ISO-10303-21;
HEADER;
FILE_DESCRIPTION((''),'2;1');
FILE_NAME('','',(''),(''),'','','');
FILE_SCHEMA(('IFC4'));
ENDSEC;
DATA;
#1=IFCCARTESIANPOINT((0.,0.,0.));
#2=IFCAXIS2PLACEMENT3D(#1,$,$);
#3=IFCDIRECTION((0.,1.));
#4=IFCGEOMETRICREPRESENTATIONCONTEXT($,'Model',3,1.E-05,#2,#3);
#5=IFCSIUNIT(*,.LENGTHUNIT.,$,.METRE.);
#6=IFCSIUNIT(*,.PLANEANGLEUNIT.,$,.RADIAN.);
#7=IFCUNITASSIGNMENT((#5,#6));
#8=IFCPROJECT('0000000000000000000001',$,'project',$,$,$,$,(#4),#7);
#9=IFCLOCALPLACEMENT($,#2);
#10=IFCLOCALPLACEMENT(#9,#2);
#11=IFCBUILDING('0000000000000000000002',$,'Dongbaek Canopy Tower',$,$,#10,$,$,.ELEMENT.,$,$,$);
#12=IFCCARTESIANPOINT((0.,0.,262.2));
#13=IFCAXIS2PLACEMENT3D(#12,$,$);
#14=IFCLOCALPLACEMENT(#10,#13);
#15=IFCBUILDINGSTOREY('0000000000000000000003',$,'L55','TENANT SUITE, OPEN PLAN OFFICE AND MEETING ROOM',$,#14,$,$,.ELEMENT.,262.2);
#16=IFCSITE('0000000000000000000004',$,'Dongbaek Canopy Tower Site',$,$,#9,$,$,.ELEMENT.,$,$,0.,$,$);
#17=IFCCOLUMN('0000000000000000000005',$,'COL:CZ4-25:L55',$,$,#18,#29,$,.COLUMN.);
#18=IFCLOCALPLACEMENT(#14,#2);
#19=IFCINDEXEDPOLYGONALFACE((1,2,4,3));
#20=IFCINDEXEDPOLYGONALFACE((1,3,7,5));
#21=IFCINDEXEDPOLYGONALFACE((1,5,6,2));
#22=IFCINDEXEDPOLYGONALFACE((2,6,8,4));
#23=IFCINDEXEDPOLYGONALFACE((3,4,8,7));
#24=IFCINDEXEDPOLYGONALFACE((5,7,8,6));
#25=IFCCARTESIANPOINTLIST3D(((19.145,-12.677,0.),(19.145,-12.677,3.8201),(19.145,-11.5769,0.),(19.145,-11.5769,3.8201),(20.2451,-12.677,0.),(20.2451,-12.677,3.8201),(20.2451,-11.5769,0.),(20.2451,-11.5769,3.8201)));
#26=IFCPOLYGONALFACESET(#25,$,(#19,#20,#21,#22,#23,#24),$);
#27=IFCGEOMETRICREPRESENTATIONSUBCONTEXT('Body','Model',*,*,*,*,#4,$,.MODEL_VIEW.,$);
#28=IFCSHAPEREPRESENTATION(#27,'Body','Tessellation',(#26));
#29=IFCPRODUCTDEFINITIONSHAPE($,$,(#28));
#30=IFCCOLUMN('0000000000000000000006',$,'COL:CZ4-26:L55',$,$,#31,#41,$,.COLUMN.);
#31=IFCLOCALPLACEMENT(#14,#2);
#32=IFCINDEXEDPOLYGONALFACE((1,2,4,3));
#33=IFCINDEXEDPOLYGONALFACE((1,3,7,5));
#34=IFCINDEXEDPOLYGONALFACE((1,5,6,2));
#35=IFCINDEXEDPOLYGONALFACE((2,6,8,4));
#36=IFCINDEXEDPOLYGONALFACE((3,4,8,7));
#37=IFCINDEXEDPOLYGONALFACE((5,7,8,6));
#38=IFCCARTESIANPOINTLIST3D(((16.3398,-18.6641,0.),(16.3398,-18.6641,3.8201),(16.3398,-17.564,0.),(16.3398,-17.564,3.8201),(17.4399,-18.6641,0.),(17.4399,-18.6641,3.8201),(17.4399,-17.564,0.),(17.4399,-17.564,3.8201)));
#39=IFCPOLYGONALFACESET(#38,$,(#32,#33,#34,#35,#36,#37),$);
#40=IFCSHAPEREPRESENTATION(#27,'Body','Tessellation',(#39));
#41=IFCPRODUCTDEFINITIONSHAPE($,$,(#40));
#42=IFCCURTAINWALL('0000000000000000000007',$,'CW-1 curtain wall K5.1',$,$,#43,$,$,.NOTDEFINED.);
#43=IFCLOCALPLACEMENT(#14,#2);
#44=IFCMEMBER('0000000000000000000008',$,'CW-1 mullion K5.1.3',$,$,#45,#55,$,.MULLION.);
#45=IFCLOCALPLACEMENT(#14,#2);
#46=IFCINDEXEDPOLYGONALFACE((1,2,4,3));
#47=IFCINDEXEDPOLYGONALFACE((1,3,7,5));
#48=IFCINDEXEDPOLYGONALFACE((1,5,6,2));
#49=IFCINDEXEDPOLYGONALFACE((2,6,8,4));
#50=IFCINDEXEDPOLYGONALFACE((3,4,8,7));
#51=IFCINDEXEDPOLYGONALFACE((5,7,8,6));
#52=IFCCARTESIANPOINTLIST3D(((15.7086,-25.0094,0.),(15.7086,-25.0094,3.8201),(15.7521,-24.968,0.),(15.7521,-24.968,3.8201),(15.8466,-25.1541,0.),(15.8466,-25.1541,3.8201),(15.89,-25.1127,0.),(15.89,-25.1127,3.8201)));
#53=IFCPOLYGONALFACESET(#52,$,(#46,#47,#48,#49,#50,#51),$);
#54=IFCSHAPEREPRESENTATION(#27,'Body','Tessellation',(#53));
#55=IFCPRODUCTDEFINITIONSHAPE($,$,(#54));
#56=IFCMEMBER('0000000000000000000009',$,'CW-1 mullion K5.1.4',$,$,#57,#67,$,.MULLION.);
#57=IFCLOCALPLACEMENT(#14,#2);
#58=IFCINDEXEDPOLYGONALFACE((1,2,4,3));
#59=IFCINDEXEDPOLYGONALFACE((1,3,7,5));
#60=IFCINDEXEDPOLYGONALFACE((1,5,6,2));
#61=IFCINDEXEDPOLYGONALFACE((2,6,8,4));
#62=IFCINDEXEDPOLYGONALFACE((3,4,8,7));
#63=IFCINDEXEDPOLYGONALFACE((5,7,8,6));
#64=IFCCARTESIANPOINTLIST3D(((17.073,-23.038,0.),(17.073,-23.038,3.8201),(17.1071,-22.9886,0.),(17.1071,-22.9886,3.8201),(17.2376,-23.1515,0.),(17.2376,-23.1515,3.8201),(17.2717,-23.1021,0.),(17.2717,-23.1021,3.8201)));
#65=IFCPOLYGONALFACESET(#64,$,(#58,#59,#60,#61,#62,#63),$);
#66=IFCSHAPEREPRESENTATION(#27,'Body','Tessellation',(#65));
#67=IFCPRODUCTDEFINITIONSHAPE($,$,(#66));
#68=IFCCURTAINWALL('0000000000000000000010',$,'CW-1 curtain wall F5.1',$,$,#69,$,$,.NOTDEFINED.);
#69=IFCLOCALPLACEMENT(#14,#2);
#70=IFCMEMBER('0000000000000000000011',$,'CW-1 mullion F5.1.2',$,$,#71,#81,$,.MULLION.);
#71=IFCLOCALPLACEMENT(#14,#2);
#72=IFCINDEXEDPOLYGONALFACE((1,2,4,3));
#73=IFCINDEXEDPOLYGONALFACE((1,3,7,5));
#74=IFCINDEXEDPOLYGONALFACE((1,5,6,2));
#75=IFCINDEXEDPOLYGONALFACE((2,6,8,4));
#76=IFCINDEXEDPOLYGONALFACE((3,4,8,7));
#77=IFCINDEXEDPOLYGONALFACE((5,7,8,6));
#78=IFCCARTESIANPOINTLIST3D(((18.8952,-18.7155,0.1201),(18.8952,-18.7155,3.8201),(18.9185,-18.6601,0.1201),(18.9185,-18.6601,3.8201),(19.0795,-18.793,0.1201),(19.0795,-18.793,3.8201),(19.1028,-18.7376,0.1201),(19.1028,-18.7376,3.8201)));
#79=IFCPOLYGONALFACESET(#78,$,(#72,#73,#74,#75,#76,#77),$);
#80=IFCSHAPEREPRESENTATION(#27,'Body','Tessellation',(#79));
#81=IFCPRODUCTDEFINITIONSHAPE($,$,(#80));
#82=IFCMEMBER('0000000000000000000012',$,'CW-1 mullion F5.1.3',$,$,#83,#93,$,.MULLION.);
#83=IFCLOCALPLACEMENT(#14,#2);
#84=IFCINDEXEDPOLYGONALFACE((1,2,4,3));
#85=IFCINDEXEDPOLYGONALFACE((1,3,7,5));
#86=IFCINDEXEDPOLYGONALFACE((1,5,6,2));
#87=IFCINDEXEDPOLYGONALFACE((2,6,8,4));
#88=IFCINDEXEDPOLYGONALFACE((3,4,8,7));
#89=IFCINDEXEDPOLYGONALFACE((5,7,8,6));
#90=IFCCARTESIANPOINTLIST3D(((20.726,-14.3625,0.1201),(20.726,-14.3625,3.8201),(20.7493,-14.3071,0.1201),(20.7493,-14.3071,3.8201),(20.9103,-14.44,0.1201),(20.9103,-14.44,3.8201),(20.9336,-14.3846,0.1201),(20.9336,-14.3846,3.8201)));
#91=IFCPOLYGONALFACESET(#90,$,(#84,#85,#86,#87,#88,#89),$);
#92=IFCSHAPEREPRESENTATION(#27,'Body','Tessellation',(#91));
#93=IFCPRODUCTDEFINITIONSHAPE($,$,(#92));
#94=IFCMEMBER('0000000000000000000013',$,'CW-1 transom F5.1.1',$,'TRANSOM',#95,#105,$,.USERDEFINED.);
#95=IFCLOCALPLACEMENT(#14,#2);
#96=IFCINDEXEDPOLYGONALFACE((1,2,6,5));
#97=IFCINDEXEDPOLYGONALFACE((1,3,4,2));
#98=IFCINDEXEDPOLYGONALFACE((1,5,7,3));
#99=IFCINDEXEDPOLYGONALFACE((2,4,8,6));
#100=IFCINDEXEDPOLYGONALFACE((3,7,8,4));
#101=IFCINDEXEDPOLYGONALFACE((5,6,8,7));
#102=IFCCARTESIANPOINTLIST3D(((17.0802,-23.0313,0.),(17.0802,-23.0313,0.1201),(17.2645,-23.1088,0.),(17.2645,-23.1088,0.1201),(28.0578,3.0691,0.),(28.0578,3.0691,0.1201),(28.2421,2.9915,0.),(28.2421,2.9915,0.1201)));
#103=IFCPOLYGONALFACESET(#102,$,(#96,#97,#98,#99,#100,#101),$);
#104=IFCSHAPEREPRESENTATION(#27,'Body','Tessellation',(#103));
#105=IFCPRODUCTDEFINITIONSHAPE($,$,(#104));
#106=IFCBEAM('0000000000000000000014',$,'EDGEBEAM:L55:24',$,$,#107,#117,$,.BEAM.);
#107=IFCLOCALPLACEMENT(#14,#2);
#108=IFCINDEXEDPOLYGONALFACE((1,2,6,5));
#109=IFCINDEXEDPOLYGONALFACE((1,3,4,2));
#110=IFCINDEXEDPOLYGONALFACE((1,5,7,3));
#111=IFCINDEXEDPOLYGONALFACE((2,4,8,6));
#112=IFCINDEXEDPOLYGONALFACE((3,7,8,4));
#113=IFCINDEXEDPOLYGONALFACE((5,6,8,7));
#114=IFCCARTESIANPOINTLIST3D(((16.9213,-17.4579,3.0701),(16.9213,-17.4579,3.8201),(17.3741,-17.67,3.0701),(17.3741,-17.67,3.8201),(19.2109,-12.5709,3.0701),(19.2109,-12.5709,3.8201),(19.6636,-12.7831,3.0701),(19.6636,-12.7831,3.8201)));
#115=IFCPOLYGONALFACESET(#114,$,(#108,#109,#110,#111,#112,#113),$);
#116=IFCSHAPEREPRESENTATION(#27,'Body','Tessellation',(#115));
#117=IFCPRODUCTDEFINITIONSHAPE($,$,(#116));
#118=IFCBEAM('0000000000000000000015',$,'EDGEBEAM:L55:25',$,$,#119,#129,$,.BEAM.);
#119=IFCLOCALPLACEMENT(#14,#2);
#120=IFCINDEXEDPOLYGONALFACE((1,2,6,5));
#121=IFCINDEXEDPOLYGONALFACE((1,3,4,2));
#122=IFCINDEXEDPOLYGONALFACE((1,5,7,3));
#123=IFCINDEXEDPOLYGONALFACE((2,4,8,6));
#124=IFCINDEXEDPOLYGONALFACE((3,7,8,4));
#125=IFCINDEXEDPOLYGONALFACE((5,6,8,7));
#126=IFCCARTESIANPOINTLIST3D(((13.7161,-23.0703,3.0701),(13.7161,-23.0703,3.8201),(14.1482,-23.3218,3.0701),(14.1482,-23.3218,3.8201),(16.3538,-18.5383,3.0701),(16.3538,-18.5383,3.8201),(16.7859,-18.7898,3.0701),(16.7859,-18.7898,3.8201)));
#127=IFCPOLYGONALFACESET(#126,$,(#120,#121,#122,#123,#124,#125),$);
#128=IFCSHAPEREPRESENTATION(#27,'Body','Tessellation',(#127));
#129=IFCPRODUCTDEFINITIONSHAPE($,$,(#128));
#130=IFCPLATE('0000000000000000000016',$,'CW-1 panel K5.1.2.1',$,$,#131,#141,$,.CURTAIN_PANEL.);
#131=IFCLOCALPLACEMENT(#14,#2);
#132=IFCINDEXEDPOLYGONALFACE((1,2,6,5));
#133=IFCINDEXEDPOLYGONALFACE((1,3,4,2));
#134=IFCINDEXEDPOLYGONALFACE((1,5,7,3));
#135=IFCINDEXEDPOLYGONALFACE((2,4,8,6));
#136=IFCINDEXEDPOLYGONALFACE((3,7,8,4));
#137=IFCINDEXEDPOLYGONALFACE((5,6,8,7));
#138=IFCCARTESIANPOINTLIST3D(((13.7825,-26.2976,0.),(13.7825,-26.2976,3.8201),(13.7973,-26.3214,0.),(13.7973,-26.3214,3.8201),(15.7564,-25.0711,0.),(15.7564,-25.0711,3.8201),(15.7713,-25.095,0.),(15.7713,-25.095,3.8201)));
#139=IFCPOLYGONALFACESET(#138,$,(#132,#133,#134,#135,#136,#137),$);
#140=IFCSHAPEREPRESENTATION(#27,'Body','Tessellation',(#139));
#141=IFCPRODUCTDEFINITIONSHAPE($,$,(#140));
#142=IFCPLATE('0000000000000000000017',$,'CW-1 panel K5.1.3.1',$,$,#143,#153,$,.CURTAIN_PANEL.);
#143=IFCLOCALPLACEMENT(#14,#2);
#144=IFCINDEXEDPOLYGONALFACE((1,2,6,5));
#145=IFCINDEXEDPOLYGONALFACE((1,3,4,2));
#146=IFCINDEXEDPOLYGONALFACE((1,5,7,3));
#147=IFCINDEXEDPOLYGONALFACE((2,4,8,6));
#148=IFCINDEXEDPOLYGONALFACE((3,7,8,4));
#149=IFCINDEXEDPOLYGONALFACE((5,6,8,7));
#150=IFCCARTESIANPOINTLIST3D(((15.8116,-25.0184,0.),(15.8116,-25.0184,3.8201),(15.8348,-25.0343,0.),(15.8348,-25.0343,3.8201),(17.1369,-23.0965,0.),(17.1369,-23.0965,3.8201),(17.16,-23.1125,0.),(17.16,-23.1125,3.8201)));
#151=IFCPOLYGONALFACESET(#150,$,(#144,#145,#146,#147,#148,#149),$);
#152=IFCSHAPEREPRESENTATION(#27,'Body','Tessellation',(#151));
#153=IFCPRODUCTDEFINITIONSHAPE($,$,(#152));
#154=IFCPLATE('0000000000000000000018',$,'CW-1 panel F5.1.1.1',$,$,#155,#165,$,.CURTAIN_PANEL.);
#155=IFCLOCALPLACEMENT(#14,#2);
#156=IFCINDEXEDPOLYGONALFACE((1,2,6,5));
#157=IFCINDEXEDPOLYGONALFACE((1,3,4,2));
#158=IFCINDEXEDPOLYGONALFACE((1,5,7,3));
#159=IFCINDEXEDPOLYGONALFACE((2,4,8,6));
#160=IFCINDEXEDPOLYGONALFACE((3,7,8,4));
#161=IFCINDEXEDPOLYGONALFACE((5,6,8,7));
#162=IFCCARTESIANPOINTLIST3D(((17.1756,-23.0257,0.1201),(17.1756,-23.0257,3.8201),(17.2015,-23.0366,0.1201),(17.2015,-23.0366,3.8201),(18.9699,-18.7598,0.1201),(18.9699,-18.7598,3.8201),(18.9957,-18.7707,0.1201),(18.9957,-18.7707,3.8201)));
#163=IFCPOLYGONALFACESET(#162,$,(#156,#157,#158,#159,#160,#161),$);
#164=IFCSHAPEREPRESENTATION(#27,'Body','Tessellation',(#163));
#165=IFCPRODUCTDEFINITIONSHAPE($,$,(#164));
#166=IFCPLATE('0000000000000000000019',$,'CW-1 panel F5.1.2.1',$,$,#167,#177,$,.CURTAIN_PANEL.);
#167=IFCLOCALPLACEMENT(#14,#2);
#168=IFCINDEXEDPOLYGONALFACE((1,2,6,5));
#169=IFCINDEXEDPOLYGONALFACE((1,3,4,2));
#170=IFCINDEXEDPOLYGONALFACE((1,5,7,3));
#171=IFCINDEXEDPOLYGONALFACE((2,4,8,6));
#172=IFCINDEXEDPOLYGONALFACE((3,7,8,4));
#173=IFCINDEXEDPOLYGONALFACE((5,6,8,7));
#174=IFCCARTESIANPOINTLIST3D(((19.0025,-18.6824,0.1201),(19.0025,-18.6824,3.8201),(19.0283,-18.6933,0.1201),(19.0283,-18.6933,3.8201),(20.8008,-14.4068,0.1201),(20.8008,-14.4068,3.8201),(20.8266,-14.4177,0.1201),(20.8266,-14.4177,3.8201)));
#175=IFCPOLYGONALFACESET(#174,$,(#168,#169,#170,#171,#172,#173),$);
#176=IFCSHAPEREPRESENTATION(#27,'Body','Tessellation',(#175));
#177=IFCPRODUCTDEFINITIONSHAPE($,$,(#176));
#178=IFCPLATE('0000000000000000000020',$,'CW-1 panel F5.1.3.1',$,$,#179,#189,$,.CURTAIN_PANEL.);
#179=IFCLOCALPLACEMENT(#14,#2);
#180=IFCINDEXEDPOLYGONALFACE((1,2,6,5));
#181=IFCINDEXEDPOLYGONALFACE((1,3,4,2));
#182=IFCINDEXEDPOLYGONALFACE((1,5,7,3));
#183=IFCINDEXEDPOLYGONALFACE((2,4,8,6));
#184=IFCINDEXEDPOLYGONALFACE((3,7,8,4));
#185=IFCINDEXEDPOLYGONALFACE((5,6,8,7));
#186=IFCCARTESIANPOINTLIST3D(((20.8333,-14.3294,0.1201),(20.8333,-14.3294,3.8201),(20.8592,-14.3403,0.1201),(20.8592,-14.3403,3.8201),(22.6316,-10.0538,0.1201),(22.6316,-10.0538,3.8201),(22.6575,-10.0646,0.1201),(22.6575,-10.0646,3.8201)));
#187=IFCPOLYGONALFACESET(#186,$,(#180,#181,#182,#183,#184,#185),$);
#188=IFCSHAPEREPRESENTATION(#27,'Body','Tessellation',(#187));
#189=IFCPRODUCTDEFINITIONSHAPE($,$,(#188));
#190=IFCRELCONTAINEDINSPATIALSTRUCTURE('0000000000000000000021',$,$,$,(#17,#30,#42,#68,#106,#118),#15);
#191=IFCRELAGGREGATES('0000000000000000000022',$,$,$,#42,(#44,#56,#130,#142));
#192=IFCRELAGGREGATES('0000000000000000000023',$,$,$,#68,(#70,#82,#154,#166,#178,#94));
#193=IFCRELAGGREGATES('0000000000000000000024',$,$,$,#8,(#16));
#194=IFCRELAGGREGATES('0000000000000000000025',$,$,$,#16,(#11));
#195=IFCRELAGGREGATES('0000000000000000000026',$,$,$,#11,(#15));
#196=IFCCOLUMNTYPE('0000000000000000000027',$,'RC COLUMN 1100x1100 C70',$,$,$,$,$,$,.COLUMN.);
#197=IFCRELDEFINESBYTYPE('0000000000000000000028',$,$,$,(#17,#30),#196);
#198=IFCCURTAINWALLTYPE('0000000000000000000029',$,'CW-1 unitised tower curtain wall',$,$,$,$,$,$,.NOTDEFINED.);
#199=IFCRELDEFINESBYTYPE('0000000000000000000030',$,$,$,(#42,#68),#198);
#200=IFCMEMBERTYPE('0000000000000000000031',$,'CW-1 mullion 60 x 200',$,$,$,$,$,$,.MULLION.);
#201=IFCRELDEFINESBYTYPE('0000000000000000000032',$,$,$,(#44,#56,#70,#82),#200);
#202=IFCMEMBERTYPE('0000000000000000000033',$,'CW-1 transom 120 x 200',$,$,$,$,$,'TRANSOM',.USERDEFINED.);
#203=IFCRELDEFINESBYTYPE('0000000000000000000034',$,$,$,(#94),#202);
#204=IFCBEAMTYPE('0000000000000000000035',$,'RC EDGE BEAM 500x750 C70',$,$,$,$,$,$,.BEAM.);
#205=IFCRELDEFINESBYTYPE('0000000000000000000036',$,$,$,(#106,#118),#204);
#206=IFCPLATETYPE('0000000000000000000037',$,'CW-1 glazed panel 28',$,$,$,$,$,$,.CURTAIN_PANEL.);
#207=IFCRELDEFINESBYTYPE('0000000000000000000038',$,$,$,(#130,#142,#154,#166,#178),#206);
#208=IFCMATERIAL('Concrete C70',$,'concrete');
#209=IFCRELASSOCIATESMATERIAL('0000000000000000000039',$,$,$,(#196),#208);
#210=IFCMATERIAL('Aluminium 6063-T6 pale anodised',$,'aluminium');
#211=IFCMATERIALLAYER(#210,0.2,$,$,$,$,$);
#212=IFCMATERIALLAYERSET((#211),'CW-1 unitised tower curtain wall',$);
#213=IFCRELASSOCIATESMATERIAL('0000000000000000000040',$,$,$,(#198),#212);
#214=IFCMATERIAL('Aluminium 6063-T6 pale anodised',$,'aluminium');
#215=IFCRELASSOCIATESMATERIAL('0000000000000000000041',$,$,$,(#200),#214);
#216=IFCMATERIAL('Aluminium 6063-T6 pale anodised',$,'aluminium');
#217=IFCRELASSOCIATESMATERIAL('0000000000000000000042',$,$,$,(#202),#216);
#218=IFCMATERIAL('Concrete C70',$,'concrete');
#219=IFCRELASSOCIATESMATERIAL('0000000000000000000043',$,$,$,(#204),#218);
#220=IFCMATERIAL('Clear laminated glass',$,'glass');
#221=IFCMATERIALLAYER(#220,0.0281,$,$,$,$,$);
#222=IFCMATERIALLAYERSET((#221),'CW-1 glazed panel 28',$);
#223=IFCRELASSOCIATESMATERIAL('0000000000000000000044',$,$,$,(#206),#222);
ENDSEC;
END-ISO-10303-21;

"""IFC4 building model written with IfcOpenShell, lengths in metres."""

from ifc_helpers import new_model, si_unit, direction, frame, origin, origin_2d, place, context, subcontext, project, spatial, rectangle, extrude, material, layer, layer_set, material_profile, profile_set, type_object, element, aggregate, save


model = new_model("IFC4")

# Units and contexts
model_context = context("Model", 3, precision=1e-05, world=origin(), true_north=direction((0.0, 1.0)))
body_context = subcontext(model_context, "Body", "Model", "MODEL_VIEW")
ifc_project = project(units=[si_unit("LENGTHUNIT", "METRE"), si_unit("PLANEANGLEUNIT", "RADIAN")], contexts=[model_context])

# Site, building, storey
site_placement = place(None, origin())
site = spatial("IfcSite", under=ifc_project, at=site_placement, Name="Dongbaek Canopy Tower Site", CompositionType="ELEMENT", RefElevation=0.0)
building_placement = place(site_placement, origin())
building = spatial("IfcBuilding", under=site, at=building_placement, Name="Dongbaek Canopy Tower", CompositionType="ELEMENT")
storey_placement = place(building_placement, frame((0.0, 0.0, 262.2)))
storey = spatial("IfcBuildingStorey", under=building, at=storey_placement, Name="L55", Description="TENANT SUITE, OPEN PLAN OFFICE AND MEETING ROOM", CompositionType="ELEMENT", Elevation=262.2)

# Columns
ifc_material_1 = material(Name="Concrete C70", Category="concrete")
ifc_material_profile_1 = material_profile(ifc_material_1, rectangle(XDim=1.1001, YDim=1.1001, at=origin_2d()), Name="RC COLUMN 1100x1100 C70")
ifc_profile_set_1 = profile_set([ifc_material_profile_1], Name="Concrete C70")
column_type = type_object("IfcColumnType", Name="RC COLUMN 1100x1100 C70", PredefinedType="COLUMN", material=ifc_profile_set_1)
for number, where, z_axis, x_axis, name in (
    (1, (19.6951, -12.127, 0.0), (0.0, 0.0, 1.0), (1.0, 0.0, 0.0), "COL:CZ4-25:L55"),
    (2, (16.8899, -18.114, 0.0), (0.0, 0.0, 1.0), (1.0, 0.0, 0.0), "COL:CZ4-26:L55"),
):
    element("IfcColumn", number, at=place(storey_placement, frame(where, z_axis=z_axis, x_axis=x_axis)), inside=storey, type_object=column_type, Name=name, PredefinedType="COLUMN", context=body_context, shape_type="SweptSolid", body=[
        extrude(rectangle(XDim=1.1001, YDim=1.1001, at=origin_2d()), origin(), (0.0, 0.0, 1.0), 3.8201),
    ])

# Curtain walls, members
ifc_material_2 = material(Name="Aluminium 6063-T6 pale anodised", Category="aluminium")
ifc_layer_1 = layer(ifc_material_2, 0.2)
ifc_layer_set_1 = layer_set([ifc_layer_1], Name="CW-1 unitised tower curtain wall")
curtain_wall_type = type_object("IfcCurtainWallType", Name="CW-1 unitised tower curtain wall", PredefinedType="NOTDEFINED", material=ifc_layer_set_1)
curtain_wall_1_placement = place(storey_placement, origin())
curtain_wall_1 = element("IfcCurtainWall", 3, at=curtain_wall_1_placement, inside=storey, type_object=curtain_wall_type, Name="CW-1 curtain wall K5.1", PredefinedType="NOTDEFINED")
ifc_material_3 = material(Name="Aluminium 6063-T6 pale anodised", Category="aluminium")
ifc_material_profile_2 = material_profile(ifc_material_3, rectangle(XDim=0.2, YDim=0.0601, at=origin_2d()), Name="CW-1 mullion 60 x 200")
ifc_profile_set_2 = profile_set([ifc_material_profile_2], Name="Aluminium 6063-T6 pale anodised")
member_type_1 = type_object("IfcMemberType", Name="CW-1 mullion 60 x 200", PredefinedType="MULLION", material=ifc_profile_set_2)
member_1_placement = place(storey_placement, frame((15.7993, -25.061, 0.0), z_axis=(0.0, 0.0, 1.0), x_axis=(0.69002, -0.723791, 0.0)))
member_1 = element("IfcMember", 4, at=member_1_placement, type_object=member_type_1, Name="CW-1 mullion K5.1.3", PredefinedType="MULLION", context=body_context, shape_type="SweptSolid", body=[
    extrude(rectangle(XDim=0.2, YDim=0.0601, at=origin_2d()), origin(), (0.0, 0.0, 1.0), 3.8201),
])
member_2_placement = place(storey_placement, frame((17.1724, -23.0701, 0.0), z_axis=(0.0, 0.0, 1.0), x_axis=(0.823238, -0.567697, 0.0)))
member_2 = element("IfcMember", 5, at=member_2_placement, type_object=member_type_1, Name="CW-1 mullion K5.1.4", PredefinedType="MULLION", context=body_context, shape_type="SweptSolid", body=[
    extrude(rectangle(XDim=0.2, YDim=0.0601, at=origin_2d()), origin(), (0.0, 0.0, 1.0), 3.8201),
])
curtain_wall_2_placement = place(storey_placement, origin())
curtain_wall_2 = element("IfcCurtainWall", 6, at=curtain_wall_2_placement, inside=storey, type_object=curtain_wall_type, Name="CW-1 curtain wall F5.1", PredefinedType="NOTDEFINED")
member_3_placement = place(storey_placement, frame((18.999, -18.7266, 0.1201), z_axis=(0.0, 0.0, 1.0), x_axis=(0.921787, -0.387696, 0.0)))
member_3 = element("IfcMember", 7, at=member_3_placement, type_object=member_type_1, Name="CW-1 mullion F5.1.2", PredefinedType="MULLION", context=body_context, shape_type="SweptSolid", body=[
    extrude(rectangle(XDim=0.2, YDim=0.0601, at=origin_2d()), origin(), (0.0, 0.0, 1.0), 3.7),
])
member_4_placement = place(storey_placement, frame((20.8298, -14.3735, 0.1201), z_axis=(0.0, 0.0, 1.0), x_axis=(0.921787, -0.387696, 0.0)))
member_4 = element("IfcMember", 8, at=member_4_placement, type_object=member_type_1, Name="CW-1 mullion F5.1.3", PredefinedType="MULLION", context=body_context, shape_type="SweptSolid", body=[
    extrude(rectangle(XDim=0.2, YDim=0.0601, at=origin_2d()), origin(), (0.0, 0.0, 1.0), 3.7),
])
ifc_material_4 = material(Name="Aluminium 6063-T6 pale anodised", Category="aluminium")
ifc_material_profile_3 = material_profile(ifc_material_4, rectangle(XDim=0.2, YDim=0.1201, at=origin_2d()), Name="CW-1 transom 120 x 200")
ifc_profile_set_3 = profile_set([ifc_material_profile_3], Name="Aluminium 6063-T6 pale anodised")
member_type_2 = type_object("IfcMemberType", Name="CW-1 transom 120 x 200", ElementType="TRANSOM", PredefinedType="USERDEFINED", material=ifc_profile_set_3)
member_5_placement = place(storey_placement, frame((17.1724, -23.0701, 0.0601), z_axis=(0.387695, 0.921788, 0.0), x_axis=(-0.921788, 0.387695, 0.0)))
member_5 = element("IfcMember", 9, at=member_5_placement, type_object=member_type_2, Name="CW-1 transom F5.1.1", ObjectType="TRANSOM", PredefinedType="USERDEFINED", context=body_context, shape_type="SweptSolid", body=[
    extrude(rectangle(XDim=0.2, YDim=0.1201, at=origin_2d()), origin(), (0.0, 0.0, 1.0), 28.3149),
])

# Beams
ifc_material_5 = material(Name="Concrete C70", Category="concrete")
ifc_material_profile_4 = material_profile(ifc_material_5, rectangle(XDim=0.5, YDim=0.75, at=origin_2d()), Name="RC EDGE BEAM 500x750 C70")
ifc_profile_set_4 = profile_set([ifc_material_profile_4], Name="Concrete C70")
beam_type = type_object("IfcBeamType", Name="RC EDGE BEAM 500x750 C70", PredefinedType="BEAM", material=ifc_profile_set_4)
beam_1_placement = place(storey_placement, frame((19.4373, -12.677, 3.4451), z_axis=(-0.42425, -0.905545, 0.0), x_axis=(0.905545, -0.42425, 0.0)))
element("IfcBeam", 10, at=beam_1_placement, inside=storey, type_object=beam_type, Name="EDGEBEAM:L55:24", PredefinedType="BEAM", context=body_context, shape_type="SweptSolid", body=[
    extrude(rectangle(XDim=0.5, YDim=0.75, at=origin_2d()), origin(), (0.0, 0.0, 1.0), 5.3967),
])
beam_2_placement = place(storey_placement, frame((16.5698, -18.6641, 3.4451), z_axis=(-0.503023, -0.864273, 0.0), x_axis=(0.864273, -0.503023, 0.0)))
element("IfcBeam", 11, at=beam_2_placement, inside=storey, type_object=beam_type, Name="EDGEBEAM:L55:25", PredefinedType="BEAM", context=body_context, shape_type="SweptSolid", body=[
    extrude(rectangle(XDim=0.5, YDim=0.75, at=origin_2d()), origin(), (0.0, 0.0, 1.0), 5.2437),
])

# Plates
ifc_material_6 = material(Name="Clear laminated glass", Category="glass")
ifc_layer_2 = layer(ifc_material_6, 0.0281)
ifc_layer_set_2 = layer_set([ifc_layer_2], Name="CW-1 glazed panel 28")
plate_type = type_object("IfcPlateType", Name="CW-1 glazed panel 28", PredefinedType="CURTAIN_PANEL", material=ifc_layer_set_2)
plate_1_placement = place(storey_placement, frame((14.7769, -25.6963, 0.0), z_axis=(0.0, 0.0, 1.0), x_axis=(0.849404, 0.527743, 0.0)))
plate_1 = element("IfcPlate", 12, at=plate_1_placement, type_object=plate_type, Name="CW-1 panel K5.1.2.1", PredefinedType="CURTAIN_PANEL", context=body_context, shape_type="SweptSolid", body=[
    extrude(rectangle(XDim=2.324, YDim=0.0281, at=origin_2d()), origin(), (0.0, 0.0, 1.0), 3.8201),
])
plate_2_placement = place(storey_placement, frame((16.4858, -24.0654, 0.0), z_axis=(0.0, 0.0, 1.0), x_axis=(0.567697, 0.823238, 0.0)))
plate_2 = element("IfcPlate", 13, at=plate_2_placement, type_object=plate_type, Name="CW-1 panel K5.1.3.1", PredefinedType="CURTAIN_PANEL", context=body_context, shape_type="SweptSolid", body=[
    extrude(rectangle(XDim=2.3345, YDim=0.0281, at=origin_2d()), origin(), (0.0, 0.0, 1.0), 3.8201),
])
aggregate(curtain_wall_1, [member_1, member_2, plate_1, plate_2])
plate_3_placement = place(storey_placement, frame((18.0857, -20.8982, 0.1201), z_axis=(0.0, 0.0, 1.0), x_axis=(0.387696, 0.921787, 0.0)))
plate_3 = element("IfcPlate", 14, at=plate_3_placement, type_object=plate_type, Name="CW-1 panel F5.1.1.1", PredefinedType="CURTAIN_PANEL", context=body_context, shape_type="SweptSolid", body=[
    extrude(rectangle(XDim=4.6279, YDim=0.0281, at=origin_2d()), origin(), (0.0, 0.0, 1.0), 3.7),
])
plate_4_placement = place(storey_placement, frame((19.9146, -16.55, 0.1201), z_axis=(0.0, 0.0, 1.0), x_axis=(0.387696, 0.921787, 0.0)))
plate_4 = element("IfcPlate", 15, at=plate_4_placement, type_object=plate_type, Name="CW-1 panel F5.1.2.1", PredefinedType="CURTAIN_PANEL", context=body_context, shape_type="SweptSolid", body=[
    extrude(rectangle(XDim=4.6384, YDim=0.0281, at=origin_2d()), origin(), (0.0, 0.0, 1.0), 3.7),
])
plate_5_placement = place(storey_placement, frame((21.7454, -12.197, 0.1201), z_axis=(0.0, 0.0, 1.0), x_axis=(0.387696, 0.921787, 0.0)))
plate_5 = element("IfcPlate", 16, at=plate_5_placement, type_object=plate_type, Name="CW-1 panel F5.1.3.1", PredefinedType="CURTAIN_PANEL", context=body_context, shape_type="SweptSolid", body=[
    extrude(rectangle(XDim=4.6384, YDim=0.0281, at=origin_2d()), origin(), (0.0, 0.0, 1.0), 3.7),
])

aggregate(curtain_wall_2, [member_3, member_4, plate_3, plate_4, plate_5, member_5])

save(model, "model.ifc")
